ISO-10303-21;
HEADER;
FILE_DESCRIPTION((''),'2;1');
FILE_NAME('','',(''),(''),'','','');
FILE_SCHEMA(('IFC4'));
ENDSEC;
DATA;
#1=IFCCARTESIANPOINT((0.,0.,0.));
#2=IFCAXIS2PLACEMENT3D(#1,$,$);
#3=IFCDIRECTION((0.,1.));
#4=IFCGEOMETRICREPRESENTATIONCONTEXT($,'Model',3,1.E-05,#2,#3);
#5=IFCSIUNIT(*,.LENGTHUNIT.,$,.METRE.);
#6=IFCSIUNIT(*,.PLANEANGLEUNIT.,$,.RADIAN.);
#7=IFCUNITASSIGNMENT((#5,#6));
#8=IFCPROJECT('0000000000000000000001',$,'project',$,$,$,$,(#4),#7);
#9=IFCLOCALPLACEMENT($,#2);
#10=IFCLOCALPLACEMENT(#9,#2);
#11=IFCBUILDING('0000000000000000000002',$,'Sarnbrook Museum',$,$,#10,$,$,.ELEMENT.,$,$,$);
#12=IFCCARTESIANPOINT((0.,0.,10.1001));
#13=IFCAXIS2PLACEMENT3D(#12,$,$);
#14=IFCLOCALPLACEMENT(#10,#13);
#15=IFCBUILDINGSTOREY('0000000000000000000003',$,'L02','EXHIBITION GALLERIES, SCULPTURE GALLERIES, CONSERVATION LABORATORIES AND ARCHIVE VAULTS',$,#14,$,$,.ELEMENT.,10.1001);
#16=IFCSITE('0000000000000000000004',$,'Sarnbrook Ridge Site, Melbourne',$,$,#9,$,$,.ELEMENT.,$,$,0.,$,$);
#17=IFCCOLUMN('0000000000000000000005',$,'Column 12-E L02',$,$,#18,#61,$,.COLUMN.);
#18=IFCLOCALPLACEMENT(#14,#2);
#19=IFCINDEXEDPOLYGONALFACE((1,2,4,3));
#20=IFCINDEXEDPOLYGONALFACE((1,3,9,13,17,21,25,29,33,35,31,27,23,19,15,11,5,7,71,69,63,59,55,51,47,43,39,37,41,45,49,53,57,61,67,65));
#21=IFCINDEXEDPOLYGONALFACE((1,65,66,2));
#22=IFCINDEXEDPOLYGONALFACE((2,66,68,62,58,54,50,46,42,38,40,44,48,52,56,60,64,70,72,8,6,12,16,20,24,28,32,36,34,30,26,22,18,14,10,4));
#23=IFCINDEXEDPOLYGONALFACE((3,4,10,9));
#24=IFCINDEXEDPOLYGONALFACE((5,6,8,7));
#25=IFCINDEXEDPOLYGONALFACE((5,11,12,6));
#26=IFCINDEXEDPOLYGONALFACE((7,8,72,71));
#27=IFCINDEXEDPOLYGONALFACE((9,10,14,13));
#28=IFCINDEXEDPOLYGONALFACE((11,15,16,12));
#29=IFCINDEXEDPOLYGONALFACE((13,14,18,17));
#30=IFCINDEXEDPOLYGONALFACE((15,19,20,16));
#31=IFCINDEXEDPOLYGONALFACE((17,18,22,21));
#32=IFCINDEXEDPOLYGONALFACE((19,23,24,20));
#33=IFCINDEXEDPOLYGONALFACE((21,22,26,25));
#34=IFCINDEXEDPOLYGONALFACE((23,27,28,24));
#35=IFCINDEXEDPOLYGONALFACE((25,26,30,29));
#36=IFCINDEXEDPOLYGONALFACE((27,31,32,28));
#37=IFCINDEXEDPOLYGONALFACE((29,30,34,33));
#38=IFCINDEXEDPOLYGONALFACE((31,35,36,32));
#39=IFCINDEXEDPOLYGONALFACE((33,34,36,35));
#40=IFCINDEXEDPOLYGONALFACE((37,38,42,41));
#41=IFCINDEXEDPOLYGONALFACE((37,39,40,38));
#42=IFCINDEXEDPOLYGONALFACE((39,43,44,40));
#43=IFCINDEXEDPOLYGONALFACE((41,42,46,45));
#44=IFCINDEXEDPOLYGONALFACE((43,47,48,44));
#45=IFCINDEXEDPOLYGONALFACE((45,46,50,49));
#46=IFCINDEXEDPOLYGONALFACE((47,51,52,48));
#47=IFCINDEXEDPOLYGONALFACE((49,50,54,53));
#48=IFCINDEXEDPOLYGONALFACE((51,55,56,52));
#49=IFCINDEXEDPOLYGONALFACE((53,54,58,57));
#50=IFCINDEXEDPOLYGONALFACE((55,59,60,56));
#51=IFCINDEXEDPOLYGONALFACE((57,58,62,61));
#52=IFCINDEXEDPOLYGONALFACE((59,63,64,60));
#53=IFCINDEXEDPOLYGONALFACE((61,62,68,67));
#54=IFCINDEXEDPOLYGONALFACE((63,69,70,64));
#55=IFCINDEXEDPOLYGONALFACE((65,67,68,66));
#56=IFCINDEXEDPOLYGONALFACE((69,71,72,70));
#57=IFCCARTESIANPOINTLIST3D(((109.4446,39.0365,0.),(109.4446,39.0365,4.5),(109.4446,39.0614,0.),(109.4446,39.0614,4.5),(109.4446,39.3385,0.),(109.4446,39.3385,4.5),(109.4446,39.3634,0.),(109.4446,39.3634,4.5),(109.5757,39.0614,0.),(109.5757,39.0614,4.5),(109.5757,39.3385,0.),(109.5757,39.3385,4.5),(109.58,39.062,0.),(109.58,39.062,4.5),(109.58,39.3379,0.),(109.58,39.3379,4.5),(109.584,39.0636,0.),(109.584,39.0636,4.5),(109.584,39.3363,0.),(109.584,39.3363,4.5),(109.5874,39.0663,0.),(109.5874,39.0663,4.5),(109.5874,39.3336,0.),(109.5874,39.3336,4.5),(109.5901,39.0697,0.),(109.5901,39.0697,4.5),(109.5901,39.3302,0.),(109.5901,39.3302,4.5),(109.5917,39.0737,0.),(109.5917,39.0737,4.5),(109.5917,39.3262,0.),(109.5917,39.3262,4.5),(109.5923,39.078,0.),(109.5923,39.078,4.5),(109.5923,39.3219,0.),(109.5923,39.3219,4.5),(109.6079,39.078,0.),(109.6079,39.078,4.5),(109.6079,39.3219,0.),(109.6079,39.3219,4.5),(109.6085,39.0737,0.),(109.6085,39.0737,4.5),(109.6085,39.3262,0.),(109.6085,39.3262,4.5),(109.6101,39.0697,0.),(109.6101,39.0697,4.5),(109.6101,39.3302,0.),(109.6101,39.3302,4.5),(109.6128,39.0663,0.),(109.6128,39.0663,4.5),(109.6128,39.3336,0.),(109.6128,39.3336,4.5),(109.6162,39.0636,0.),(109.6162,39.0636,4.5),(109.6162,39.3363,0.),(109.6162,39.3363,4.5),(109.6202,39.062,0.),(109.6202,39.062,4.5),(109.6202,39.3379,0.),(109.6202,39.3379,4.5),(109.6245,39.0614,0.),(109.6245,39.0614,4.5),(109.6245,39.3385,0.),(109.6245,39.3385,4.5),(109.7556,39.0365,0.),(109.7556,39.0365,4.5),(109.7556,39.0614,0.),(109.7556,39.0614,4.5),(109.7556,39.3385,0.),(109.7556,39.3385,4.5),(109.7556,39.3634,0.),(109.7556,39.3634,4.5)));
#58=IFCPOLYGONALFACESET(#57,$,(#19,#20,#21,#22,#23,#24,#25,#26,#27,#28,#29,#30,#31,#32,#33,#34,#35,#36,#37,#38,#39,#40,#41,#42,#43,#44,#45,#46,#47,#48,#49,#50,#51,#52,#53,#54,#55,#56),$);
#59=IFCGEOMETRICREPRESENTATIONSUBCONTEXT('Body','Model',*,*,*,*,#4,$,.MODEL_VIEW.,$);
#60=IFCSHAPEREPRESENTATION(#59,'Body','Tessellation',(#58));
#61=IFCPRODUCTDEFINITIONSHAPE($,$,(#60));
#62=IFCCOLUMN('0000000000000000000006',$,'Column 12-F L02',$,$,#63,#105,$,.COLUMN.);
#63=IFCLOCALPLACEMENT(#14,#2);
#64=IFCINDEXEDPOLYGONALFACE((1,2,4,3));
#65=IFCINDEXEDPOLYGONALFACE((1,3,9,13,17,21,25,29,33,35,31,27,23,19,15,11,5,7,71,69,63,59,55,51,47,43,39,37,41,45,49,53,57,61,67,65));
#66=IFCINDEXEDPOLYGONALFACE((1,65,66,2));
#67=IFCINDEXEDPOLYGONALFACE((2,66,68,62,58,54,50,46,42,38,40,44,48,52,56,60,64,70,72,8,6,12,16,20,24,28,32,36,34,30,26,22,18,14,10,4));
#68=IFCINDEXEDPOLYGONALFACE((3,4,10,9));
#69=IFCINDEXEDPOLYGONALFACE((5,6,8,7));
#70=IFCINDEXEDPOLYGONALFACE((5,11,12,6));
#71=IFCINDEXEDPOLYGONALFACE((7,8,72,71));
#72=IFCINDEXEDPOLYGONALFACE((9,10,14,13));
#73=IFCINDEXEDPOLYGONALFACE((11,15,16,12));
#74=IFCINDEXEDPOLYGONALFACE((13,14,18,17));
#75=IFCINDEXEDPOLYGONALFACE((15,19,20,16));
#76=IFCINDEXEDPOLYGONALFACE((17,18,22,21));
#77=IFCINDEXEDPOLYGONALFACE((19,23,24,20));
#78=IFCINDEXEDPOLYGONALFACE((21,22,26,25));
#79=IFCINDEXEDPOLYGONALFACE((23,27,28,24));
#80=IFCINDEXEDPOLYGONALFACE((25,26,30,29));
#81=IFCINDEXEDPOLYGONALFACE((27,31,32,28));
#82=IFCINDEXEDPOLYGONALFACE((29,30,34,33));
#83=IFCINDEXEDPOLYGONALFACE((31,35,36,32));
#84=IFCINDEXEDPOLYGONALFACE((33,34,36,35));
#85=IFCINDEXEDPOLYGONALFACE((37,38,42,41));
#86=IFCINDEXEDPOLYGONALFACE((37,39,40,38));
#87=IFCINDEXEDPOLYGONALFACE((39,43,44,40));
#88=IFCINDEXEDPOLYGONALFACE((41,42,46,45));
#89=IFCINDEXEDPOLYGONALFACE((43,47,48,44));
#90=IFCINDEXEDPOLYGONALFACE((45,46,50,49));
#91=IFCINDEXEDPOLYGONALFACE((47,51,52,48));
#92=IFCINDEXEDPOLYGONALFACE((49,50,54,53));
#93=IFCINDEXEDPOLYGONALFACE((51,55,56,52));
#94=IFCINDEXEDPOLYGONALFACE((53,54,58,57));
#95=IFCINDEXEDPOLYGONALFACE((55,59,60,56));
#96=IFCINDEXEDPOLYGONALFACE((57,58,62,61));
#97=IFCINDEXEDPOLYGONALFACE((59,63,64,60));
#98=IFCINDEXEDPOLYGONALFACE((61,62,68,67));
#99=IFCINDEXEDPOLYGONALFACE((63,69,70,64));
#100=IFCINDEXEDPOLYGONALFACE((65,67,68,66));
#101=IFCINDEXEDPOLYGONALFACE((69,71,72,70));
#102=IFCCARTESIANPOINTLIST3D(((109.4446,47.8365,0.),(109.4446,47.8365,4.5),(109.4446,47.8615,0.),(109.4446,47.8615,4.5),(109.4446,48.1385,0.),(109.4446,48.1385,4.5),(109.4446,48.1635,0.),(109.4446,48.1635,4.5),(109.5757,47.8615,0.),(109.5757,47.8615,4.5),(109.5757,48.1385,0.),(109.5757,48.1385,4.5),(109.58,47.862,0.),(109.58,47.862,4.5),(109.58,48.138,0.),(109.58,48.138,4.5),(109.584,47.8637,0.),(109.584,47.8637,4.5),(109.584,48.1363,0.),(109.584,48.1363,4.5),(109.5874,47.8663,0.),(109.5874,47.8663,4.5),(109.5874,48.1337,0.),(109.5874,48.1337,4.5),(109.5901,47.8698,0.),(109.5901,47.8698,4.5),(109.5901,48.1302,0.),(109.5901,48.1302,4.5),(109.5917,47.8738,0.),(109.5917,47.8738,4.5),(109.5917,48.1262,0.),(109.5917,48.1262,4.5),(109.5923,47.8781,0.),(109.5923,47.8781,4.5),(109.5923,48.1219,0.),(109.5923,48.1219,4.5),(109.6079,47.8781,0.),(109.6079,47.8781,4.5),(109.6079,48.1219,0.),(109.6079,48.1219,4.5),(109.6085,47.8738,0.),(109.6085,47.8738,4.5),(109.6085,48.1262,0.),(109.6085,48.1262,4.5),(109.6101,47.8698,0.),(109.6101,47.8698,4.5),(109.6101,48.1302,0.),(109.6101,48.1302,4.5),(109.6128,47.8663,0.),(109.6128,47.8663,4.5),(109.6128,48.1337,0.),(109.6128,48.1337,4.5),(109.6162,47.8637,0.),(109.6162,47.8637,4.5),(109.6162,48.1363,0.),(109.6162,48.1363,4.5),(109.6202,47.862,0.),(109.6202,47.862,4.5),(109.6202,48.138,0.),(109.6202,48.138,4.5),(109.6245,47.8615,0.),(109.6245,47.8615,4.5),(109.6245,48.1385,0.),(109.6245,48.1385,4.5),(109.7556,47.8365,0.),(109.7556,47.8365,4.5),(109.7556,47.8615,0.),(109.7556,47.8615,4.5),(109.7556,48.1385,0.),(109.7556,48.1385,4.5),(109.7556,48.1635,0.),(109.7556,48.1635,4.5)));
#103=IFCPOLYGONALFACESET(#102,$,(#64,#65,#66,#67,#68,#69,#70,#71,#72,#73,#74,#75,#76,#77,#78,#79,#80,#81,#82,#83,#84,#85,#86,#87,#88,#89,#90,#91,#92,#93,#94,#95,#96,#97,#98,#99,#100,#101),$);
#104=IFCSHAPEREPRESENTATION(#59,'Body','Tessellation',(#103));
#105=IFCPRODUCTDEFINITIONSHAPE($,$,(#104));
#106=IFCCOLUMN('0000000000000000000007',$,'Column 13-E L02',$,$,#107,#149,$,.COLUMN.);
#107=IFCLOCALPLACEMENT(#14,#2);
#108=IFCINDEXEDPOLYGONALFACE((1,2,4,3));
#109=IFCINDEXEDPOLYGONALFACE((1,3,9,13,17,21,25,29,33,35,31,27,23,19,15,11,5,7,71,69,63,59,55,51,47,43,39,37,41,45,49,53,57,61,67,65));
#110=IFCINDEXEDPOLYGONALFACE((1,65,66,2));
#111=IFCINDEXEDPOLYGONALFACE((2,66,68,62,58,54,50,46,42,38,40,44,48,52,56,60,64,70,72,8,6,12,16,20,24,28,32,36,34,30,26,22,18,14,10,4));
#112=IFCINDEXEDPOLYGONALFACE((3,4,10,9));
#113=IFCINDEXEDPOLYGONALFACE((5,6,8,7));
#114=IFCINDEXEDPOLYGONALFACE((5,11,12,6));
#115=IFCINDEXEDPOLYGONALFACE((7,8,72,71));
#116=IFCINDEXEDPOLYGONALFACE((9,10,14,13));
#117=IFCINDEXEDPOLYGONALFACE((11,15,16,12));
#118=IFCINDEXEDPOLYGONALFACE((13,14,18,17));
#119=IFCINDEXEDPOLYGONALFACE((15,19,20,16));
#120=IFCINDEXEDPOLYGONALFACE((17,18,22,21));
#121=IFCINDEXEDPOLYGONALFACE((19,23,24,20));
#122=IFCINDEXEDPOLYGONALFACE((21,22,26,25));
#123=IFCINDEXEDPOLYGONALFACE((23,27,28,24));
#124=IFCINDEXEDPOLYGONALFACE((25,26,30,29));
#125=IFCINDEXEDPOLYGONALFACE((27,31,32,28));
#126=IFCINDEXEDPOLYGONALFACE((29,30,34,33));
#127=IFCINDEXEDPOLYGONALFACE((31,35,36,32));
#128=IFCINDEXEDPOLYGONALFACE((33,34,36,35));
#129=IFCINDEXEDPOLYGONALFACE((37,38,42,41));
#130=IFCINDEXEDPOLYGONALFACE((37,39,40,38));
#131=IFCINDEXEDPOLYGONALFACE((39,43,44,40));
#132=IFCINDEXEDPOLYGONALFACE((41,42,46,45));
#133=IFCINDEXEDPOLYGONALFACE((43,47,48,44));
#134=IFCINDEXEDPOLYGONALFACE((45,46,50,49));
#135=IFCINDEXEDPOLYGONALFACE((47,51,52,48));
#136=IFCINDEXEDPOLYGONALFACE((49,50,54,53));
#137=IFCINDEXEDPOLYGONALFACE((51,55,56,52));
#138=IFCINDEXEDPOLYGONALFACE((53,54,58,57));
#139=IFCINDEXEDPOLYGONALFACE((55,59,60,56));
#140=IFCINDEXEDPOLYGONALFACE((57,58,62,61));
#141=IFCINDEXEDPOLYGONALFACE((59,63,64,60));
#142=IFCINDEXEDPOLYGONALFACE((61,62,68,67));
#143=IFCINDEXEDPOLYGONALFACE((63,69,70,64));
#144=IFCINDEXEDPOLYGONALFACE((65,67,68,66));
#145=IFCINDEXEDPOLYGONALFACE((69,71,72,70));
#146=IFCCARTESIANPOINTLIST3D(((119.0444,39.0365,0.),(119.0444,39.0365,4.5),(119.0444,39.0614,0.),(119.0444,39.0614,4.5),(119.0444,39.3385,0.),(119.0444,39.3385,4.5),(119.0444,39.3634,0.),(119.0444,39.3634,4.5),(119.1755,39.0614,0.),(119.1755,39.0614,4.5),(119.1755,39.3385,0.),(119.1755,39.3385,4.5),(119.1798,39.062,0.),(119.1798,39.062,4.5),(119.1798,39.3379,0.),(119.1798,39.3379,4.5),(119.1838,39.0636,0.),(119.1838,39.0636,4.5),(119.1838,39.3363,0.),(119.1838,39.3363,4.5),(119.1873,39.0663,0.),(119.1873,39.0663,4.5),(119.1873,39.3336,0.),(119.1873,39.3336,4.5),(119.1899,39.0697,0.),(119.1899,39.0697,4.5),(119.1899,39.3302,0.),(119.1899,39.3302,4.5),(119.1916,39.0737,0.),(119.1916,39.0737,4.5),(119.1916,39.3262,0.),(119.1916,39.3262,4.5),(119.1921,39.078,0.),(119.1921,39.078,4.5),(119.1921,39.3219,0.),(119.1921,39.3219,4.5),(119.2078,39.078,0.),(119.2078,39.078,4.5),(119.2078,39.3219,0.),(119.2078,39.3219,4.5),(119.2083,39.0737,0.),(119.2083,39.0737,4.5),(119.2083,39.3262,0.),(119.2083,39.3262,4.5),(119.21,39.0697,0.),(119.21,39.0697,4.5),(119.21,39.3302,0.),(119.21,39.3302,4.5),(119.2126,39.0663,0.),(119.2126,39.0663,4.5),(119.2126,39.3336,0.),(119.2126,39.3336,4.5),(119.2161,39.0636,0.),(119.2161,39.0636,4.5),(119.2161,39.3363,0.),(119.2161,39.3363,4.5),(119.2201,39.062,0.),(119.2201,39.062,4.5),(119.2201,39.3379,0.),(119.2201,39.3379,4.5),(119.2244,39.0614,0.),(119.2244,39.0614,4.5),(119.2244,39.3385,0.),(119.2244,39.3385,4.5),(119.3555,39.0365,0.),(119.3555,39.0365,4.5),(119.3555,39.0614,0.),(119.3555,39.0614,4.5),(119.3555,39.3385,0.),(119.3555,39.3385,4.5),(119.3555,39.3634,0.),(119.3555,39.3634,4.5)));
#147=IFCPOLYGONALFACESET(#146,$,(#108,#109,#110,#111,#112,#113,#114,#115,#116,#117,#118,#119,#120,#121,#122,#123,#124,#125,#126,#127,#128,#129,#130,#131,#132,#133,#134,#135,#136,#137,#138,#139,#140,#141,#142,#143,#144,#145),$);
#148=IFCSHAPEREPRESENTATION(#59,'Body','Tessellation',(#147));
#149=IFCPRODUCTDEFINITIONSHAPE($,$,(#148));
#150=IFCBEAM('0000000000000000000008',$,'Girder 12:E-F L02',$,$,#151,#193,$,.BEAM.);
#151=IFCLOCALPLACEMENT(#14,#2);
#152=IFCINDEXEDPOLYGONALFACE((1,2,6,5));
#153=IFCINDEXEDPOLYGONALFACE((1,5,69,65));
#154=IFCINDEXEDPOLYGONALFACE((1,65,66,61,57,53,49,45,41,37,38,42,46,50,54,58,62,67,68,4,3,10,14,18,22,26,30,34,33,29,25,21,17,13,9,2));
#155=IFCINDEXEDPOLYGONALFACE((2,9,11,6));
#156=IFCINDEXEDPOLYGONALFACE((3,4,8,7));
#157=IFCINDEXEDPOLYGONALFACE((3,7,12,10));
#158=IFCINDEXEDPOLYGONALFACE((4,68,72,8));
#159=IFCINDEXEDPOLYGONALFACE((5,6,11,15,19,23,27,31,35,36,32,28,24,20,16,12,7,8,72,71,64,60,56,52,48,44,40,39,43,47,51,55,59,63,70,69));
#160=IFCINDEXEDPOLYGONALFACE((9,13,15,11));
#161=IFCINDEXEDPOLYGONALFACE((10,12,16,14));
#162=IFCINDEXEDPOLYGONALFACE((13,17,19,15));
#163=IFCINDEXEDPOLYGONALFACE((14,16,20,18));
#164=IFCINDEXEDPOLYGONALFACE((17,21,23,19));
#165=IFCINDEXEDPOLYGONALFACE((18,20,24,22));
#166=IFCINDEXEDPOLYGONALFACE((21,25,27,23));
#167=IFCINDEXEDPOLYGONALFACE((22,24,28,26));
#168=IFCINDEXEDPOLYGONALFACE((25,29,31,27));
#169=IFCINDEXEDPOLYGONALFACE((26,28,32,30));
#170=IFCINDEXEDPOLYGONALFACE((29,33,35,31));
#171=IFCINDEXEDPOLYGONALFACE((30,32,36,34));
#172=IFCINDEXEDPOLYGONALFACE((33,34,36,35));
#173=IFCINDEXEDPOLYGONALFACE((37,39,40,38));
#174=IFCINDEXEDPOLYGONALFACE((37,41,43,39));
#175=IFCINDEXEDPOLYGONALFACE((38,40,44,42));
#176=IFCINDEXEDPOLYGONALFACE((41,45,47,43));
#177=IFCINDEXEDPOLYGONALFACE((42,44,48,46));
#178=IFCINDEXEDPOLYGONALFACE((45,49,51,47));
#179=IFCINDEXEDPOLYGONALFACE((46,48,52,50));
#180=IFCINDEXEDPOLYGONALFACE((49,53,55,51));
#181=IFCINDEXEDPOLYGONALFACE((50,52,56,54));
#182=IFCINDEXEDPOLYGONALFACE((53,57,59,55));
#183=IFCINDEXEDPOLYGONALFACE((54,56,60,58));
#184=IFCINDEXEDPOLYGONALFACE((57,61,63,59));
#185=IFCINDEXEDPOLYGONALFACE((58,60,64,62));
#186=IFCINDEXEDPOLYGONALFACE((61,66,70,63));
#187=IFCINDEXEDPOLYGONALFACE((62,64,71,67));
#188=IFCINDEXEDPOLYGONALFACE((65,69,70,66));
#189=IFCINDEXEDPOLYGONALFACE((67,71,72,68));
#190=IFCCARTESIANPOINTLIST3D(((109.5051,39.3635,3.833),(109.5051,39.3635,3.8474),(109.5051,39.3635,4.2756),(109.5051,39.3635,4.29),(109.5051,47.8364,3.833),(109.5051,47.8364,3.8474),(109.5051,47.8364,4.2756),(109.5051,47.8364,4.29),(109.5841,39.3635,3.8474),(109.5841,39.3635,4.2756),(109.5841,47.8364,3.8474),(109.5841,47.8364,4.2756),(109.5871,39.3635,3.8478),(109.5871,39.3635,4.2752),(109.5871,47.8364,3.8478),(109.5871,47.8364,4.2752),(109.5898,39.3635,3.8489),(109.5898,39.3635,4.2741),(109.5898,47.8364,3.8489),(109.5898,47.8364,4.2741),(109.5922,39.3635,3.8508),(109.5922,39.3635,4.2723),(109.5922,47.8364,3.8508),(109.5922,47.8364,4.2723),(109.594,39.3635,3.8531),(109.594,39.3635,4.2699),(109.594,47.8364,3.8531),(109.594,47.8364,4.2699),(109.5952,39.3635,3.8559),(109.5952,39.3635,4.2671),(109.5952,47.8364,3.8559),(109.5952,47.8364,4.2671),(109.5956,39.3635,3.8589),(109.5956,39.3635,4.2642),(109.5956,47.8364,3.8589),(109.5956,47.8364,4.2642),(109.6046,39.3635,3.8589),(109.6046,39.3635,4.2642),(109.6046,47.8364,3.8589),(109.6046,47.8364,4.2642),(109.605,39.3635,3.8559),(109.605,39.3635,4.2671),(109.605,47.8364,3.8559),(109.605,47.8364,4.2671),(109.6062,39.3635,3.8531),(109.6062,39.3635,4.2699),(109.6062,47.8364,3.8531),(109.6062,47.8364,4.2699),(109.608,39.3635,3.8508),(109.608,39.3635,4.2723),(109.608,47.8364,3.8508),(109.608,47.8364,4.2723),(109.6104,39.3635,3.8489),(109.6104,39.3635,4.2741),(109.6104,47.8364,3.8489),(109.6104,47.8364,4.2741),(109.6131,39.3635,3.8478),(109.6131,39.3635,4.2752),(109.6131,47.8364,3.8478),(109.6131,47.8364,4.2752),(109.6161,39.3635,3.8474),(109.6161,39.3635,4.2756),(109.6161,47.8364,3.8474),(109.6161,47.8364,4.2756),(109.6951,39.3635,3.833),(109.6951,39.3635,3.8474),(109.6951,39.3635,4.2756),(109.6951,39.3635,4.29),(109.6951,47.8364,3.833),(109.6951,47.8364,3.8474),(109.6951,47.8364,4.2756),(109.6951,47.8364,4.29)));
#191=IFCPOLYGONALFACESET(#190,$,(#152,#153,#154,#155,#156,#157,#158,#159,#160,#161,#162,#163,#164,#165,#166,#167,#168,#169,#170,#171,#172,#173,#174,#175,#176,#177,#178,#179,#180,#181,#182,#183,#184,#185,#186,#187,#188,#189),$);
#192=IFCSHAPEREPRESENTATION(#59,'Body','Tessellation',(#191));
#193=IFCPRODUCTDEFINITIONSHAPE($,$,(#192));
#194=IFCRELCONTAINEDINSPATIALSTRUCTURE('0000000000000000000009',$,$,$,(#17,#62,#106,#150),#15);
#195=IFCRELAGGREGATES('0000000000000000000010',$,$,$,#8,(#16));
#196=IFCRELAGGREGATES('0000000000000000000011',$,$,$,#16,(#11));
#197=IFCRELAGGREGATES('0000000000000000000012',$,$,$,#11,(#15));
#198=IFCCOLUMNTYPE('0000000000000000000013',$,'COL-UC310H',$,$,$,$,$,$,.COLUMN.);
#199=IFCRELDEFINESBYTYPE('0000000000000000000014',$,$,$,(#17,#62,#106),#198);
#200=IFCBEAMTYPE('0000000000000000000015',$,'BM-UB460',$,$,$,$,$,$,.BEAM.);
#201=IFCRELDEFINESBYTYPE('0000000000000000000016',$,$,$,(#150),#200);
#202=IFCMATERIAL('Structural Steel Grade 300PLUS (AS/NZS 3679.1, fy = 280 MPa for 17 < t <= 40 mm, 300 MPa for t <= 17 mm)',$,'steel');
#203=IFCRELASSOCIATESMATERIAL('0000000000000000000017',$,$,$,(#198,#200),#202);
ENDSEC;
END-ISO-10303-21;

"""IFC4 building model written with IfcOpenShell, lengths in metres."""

from ifc_helpers import new_model, si_unit, direction, frame, origin, origin_2d, place, context, subcontext, project, spatial, i_section, extrude, material, material_profile, profile_set, type_object, element, save


model = new_model("IFC4")

# Units and contexts
model_context = context("Model", 3, precision=1e-05, world=origin(), true_north=direction((0.0, 1.0)))
body_context = subcontext(model_context, "Body", "Model", "MODEL_VIEW")
ifc_project = project(units=[si_unit("LENGTHUNIT", "METRE"), si_unit("PLANEANGLEUNIT", "RADIAN")], contexts=[model_context])

# Site, building, storey
site_placement = place(None, origin())
site = spatial("IfcSite", under=ifc_project, at=site_placement, Name="Sarnbrook Ridge Site, Melbourne", CompositionType="ELEMENT", RefElevation=0.0)
building_placement = place(site_placement, origin())
building = spatial("IfcBuilding", under=site, at=building_placement, Name="Sarnbrook Museum", CompositionType="ELEMENT")
storey_placement = place(building_placement, frame((0.0, 0.0, 10.1001)))
storey = spatial("IfcBuildingStorey", under=building, at=storey_placement, Name="L02", Description="EXHIBITION GALLERIES, SCULPTURE GALLERIES, CONSERVATION LABORATORIES AND ARCHIVE VAULTS", CompositionType="ELEMENT", Elevation=10.1001)

# Columns
ifc_material_1 = material(Name="Structural Steel Grade 300PLUS (AS/NZS 3679.1, fy = 280 MPa for 17 < t <= 40 mm, 300 MPa for t <= 17 mm)", Category="steel")
ifc_material_profile_1 = material_profile(ifc_material_1, i_section(OverallWidth=0.311, OverallDepth=0.3269, WebThickness=0.0156, FlangeThickness=0.0249, FilletRadius=0.0166, at=origin_2d()), Name="310UC158")
ifc_profile_set_1 = profile_set([ifc_material_profile_1], Name="Structural Steel Grade 300PLUS (AS/NZS 3679.1, fy = 280 MPa for 17 < t <= 40 mm, 300 MPa for t <= 17 mm)")
column_type = type_object("IfcColumnType", Name="COL-UC310H", PredefinedType="COLUMN", material=ifc_profile_set_1)
for number, where, z_axis, x_axis, name in (
    (1, (109.6001, 39.2, 0.0), (0.0, 0.0, 1.0), (1.0, 0.0, 0.0), "Column 12-E L02"),
    (2, (109.6001, 48.0, 0.0), (0.0, 0.0, 1.0), (1.0, 0.0, 0.0), "Column 12-F L02"),
    (3, (119.2, 39.2, 0.0), (0.0, 0.0, 1.0), (1.0, 0.0, 0.0), "Column 13-E L02"),
):
    element("IfcColumn", number, at=place(storey_placement, frame(where, z_axis=z_axis, x_axis=x_axis)), inside=storey, type_object=column_type, Name=name, PredefinedType="COLUMN", context=body_context, shape_type="SweptSolid", body=[
        extrude(i_section(OverallWidth=0.311, OverallDepth=0.3269, WebThickness=0.0156, FlangeThickness=0.0249, FilletRadius=0.0166, at=origin_2d()), origin(), (0.0, 0.0, 1.0), 4.5),
    ])

# Beam
ifc_material_profile_2 = material_profile(ifc_material_1, i_section(OverallWidth=0.1899, OverallDepth=0.457, WebThickness=0.009, FlangeThickness=0.0144, FilletRadius=0.0115, at=origin_2d()), Name="460UB74.6")
ifc_profile_set_2 = profile_set([ifc_material_profile_2], Name="Structural Steel Grade 300PLUS (AS/NZS 3679.1, fy = 280 MPa for 17 < t <= 40 mm, 300 MPa for t <= 17 mm)")
beam_type_1 = type_object("IfcBeamType", Name="BM-UB460", PredefinedType="BEAM", material=ifc_profile_set_2)
beam_1_placement = place(storey_placement, frame((109.6001, 39.3635, 4.0615), z_axis=(0.0, 1.0, 0.0), x_axis=(-1.0, 0.0, 0.0)))
element("IfcBeam", 4, at=beam_1_placement, inside=storey, type_object=beam_type_1, Name="Girder 12:E-F L02", PredefinedType="BEAM", context=body_context, shape_type="SweptSolid", body=[
    extrude(i_section(OverallWidth=0.1899, OverallDepth=0.457, WebThickness=0.009, FlangeThickness=0.0144, FilletRadius=0.0115, at=origin_2d()), origin(), (0.0, 0.0, 1.0), 8.4729),
])

save(model, "model.ifc")
